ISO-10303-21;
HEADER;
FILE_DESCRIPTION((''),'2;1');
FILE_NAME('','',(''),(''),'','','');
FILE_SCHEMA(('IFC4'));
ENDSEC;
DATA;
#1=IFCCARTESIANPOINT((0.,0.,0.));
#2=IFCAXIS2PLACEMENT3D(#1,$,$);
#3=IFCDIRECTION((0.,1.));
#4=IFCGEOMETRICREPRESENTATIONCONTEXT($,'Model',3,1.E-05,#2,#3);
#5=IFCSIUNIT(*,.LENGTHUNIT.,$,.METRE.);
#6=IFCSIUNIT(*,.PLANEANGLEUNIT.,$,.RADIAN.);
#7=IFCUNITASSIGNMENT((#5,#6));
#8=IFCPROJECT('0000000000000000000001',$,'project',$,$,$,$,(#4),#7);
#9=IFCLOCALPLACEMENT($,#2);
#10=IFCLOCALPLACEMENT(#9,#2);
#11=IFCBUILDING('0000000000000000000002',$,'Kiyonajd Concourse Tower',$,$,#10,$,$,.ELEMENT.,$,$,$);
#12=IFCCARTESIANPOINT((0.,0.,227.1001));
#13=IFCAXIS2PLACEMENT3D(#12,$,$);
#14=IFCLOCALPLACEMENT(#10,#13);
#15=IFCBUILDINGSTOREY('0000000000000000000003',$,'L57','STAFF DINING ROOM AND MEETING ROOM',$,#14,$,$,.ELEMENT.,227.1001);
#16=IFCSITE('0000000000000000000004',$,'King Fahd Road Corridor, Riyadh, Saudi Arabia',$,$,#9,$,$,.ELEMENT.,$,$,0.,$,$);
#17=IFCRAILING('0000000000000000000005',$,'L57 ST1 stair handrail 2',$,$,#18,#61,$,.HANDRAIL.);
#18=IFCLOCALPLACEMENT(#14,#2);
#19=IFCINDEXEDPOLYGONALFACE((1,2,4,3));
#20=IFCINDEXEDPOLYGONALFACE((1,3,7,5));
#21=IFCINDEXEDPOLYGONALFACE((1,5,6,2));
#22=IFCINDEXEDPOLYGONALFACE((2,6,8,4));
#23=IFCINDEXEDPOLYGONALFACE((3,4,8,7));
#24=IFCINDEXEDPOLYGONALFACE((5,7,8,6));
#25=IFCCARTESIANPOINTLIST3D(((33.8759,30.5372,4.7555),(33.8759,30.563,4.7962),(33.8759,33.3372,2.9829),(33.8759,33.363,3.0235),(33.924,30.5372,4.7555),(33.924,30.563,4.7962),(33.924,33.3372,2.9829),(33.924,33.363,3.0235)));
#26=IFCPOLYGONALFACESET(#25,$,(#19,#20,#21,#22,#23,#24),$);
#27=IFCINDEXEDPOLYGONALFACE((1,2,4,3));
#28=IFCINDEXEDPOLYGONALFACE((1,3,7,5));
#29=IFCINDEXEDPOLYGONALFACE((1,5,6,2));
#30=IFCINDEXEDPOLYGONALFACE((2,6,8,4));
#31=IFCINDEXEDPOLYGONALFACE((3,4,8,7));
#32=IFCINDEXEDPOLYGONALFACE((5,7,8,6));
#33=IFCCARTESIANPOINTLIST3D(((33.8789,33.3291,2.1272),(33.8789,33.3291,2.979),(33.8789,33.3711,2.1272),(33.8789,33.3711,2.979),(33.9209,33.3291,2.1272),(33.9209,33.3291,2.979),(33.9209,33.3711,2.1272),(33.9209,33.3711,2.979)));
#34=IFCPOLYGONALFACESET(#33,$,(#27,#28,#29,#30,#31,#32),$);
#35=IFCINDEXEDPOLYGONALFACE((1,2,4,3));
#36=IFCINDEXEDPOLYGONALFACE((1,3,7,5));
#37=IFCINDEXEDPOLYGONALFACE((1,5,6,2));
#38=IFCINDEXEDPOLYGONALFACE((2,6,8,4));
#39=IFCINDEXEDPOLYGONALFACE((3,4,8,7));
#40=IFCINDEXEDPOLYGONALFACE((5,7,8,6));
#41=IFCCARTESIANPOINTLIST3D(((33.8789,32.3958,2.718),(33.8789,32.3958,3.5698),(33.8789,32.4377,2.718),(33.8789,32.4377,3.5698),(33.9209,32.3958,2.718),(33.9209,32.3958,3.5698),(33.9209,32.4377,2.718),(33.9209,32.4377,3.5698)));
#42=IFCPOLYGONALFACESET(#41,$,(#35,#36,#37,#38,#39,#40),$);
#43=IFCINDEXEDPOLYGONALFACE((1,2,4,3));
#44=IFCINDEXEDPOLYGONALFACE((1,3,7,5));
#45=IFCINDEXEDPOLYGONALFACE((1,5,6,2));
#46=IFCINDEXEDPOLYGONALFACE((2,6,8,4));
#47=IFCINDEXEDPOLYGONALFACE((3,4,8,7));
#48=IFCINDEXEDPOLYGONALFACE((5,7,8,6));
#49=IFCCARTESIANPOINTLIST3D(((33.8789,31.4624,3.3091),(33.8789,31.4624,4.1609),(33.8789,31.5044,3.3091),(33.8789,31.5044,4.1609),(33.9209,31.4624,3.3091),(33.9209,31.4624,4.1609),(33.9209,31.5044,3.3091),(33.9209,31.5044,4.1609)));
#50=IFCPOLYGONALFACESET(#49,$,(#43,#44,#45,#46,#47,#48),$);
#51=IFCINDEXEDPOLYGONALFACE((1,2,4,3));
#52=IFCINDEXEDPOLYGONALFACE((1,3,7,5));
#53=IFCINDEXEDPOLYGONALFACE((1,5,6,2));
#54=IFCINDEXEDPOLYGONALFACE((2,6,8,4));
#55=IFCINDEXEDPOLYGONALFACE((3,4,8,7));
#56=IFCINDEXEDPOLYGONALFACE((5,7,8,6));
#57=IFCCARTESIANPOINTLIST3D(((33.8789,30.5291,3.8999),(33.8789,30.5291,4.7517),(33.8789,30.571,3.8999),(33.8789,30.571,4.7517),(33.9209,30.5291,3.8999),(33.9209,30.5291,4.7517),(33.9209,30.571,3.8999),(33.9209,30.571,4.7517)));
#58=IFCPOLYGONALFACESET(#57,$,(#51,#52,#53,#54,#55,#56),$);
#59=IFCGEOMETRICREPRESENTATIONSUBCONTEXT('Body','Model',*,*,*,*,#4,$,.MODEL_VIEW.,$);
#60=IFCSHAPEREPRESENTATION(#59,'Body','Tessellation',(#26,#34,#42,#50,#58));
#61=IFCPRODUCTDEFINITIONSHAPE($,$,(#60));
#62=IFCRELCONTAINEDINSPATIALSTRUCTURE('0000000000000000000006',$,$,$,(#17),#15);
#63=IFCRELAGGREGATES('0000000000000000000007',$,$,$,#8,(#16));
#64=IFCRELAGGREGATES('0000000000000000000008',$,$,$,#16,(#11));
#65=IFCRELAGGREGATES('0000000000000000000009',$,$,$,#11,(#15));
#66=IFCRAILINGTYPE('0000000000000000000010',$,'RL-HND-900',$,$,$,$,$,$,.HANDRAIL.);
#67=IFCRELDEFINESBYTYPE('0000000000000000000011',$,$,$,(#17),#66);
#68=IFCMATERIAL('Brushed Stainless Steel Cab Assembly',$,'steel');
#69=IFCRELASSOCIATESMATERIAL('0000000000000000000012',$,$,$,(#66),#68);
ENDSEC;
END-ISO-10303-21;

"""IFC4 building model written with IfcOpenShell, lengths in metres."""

from ifc_helpers import new_model, si_unit, direction, frame, origin, origin_2d, place, context, subcontext, project, spatial, rectangle, extrude, material, type_object, element, save


model = new_model("IFC4")

# Units and contexts
model_context = context("Model", 3, precision=1e-05, world=origin(), true_north=direction((0.0, 1.0)))
body_context = subcontext(model_context, "Body", "Model", "MODEL_VIEW")
ifc_project = project(units=[si_unit("LENGTHUNIT", "METRE"), si_unit("PLANEANGLEUNIT", "RADIAN")], contexts=[model_context])

# Site, building, storey
site_placement = place(None, origin())
site = spatial("IfcSite", under=ifc_project, at=site_placement, Name="King Fahd Road Corridor, Riyadh, Saudi Arabia", CompositionType="ELEMENT", RefElevation=0.0)
building_placement = place(site_placement, origin())
building = spatial("IfcBuilding", under=site, at=building_placement, Name="Kiyonajd Concourse Tower", CompositionType="ELEMENT")
storey_placement = place(building_placement, frame((0.0, 0.0, 227.1001)))
storey = spatial("IfcBuildingStorey", under=building, at=storey_placement, Name="L57", Description="STAFF DINING ROOM AND MEETING ROOM", CompositionType="ELEMENT", Elevation=227.1001)

# Shared definitions
ifc_material_1 = material(Name="Brushed Stainless Steel Cab Assembly", Category="steel")

# Railing
railing_type_1 = type_object("IfcRailingType", Name="RL-HND-900", PredefinedType="HANDRAIL", material=ifc_material_1)
railing_1_placement = place(storey_placement, frame((33.8999, 33.3501, 2.1272)))
element("IfcRailing", 1, at=railing_1_placement, inside=storey, type_object=railing_type_1, Name="L57 ST1 stair handrail 2", PredefinedType="HANDRAIL", context=body_context, shape_type="SweptSolid", body=[
    extrude(rectangle(XDim=0.0481, YDim=0.0481, at=origin_2d()), frame((0.0, 0.0, 0.876), z_axis=(0.0, -0.844909, 0.53491), x_axis=(1.0, 0.0, 0.0)), (0.0, 0.0, 1.0), 3.314),
    extrude(rectangle(XDim=0.042, YDim=0.042, at=origin_2d()), origin(), (0.0, 0.0, 1.0), 0.8518),
    extrude(rectangle(XDim=0.042, YDim=0.042, at=origin_2d()), frame((0.0, -0.9333, 0.5908)), (0.0, 0.0, 1.0), 0.8518),
    extrude(rectangle(XDim=0.042, YDim=0.042, at=origin_2d()), frame((0.0, -1.8667, 1.1819)), (0.0, 0.0, 1.0), 0.8518),
    extrude(rectangle(XDim=0.042, YDim=0.042, at=origin_2d()), frame((0.0, -2.8, 1.7727)), (0.0, 0.0, 1.0), 0.8518),
])

save(model, "model.ifc")
